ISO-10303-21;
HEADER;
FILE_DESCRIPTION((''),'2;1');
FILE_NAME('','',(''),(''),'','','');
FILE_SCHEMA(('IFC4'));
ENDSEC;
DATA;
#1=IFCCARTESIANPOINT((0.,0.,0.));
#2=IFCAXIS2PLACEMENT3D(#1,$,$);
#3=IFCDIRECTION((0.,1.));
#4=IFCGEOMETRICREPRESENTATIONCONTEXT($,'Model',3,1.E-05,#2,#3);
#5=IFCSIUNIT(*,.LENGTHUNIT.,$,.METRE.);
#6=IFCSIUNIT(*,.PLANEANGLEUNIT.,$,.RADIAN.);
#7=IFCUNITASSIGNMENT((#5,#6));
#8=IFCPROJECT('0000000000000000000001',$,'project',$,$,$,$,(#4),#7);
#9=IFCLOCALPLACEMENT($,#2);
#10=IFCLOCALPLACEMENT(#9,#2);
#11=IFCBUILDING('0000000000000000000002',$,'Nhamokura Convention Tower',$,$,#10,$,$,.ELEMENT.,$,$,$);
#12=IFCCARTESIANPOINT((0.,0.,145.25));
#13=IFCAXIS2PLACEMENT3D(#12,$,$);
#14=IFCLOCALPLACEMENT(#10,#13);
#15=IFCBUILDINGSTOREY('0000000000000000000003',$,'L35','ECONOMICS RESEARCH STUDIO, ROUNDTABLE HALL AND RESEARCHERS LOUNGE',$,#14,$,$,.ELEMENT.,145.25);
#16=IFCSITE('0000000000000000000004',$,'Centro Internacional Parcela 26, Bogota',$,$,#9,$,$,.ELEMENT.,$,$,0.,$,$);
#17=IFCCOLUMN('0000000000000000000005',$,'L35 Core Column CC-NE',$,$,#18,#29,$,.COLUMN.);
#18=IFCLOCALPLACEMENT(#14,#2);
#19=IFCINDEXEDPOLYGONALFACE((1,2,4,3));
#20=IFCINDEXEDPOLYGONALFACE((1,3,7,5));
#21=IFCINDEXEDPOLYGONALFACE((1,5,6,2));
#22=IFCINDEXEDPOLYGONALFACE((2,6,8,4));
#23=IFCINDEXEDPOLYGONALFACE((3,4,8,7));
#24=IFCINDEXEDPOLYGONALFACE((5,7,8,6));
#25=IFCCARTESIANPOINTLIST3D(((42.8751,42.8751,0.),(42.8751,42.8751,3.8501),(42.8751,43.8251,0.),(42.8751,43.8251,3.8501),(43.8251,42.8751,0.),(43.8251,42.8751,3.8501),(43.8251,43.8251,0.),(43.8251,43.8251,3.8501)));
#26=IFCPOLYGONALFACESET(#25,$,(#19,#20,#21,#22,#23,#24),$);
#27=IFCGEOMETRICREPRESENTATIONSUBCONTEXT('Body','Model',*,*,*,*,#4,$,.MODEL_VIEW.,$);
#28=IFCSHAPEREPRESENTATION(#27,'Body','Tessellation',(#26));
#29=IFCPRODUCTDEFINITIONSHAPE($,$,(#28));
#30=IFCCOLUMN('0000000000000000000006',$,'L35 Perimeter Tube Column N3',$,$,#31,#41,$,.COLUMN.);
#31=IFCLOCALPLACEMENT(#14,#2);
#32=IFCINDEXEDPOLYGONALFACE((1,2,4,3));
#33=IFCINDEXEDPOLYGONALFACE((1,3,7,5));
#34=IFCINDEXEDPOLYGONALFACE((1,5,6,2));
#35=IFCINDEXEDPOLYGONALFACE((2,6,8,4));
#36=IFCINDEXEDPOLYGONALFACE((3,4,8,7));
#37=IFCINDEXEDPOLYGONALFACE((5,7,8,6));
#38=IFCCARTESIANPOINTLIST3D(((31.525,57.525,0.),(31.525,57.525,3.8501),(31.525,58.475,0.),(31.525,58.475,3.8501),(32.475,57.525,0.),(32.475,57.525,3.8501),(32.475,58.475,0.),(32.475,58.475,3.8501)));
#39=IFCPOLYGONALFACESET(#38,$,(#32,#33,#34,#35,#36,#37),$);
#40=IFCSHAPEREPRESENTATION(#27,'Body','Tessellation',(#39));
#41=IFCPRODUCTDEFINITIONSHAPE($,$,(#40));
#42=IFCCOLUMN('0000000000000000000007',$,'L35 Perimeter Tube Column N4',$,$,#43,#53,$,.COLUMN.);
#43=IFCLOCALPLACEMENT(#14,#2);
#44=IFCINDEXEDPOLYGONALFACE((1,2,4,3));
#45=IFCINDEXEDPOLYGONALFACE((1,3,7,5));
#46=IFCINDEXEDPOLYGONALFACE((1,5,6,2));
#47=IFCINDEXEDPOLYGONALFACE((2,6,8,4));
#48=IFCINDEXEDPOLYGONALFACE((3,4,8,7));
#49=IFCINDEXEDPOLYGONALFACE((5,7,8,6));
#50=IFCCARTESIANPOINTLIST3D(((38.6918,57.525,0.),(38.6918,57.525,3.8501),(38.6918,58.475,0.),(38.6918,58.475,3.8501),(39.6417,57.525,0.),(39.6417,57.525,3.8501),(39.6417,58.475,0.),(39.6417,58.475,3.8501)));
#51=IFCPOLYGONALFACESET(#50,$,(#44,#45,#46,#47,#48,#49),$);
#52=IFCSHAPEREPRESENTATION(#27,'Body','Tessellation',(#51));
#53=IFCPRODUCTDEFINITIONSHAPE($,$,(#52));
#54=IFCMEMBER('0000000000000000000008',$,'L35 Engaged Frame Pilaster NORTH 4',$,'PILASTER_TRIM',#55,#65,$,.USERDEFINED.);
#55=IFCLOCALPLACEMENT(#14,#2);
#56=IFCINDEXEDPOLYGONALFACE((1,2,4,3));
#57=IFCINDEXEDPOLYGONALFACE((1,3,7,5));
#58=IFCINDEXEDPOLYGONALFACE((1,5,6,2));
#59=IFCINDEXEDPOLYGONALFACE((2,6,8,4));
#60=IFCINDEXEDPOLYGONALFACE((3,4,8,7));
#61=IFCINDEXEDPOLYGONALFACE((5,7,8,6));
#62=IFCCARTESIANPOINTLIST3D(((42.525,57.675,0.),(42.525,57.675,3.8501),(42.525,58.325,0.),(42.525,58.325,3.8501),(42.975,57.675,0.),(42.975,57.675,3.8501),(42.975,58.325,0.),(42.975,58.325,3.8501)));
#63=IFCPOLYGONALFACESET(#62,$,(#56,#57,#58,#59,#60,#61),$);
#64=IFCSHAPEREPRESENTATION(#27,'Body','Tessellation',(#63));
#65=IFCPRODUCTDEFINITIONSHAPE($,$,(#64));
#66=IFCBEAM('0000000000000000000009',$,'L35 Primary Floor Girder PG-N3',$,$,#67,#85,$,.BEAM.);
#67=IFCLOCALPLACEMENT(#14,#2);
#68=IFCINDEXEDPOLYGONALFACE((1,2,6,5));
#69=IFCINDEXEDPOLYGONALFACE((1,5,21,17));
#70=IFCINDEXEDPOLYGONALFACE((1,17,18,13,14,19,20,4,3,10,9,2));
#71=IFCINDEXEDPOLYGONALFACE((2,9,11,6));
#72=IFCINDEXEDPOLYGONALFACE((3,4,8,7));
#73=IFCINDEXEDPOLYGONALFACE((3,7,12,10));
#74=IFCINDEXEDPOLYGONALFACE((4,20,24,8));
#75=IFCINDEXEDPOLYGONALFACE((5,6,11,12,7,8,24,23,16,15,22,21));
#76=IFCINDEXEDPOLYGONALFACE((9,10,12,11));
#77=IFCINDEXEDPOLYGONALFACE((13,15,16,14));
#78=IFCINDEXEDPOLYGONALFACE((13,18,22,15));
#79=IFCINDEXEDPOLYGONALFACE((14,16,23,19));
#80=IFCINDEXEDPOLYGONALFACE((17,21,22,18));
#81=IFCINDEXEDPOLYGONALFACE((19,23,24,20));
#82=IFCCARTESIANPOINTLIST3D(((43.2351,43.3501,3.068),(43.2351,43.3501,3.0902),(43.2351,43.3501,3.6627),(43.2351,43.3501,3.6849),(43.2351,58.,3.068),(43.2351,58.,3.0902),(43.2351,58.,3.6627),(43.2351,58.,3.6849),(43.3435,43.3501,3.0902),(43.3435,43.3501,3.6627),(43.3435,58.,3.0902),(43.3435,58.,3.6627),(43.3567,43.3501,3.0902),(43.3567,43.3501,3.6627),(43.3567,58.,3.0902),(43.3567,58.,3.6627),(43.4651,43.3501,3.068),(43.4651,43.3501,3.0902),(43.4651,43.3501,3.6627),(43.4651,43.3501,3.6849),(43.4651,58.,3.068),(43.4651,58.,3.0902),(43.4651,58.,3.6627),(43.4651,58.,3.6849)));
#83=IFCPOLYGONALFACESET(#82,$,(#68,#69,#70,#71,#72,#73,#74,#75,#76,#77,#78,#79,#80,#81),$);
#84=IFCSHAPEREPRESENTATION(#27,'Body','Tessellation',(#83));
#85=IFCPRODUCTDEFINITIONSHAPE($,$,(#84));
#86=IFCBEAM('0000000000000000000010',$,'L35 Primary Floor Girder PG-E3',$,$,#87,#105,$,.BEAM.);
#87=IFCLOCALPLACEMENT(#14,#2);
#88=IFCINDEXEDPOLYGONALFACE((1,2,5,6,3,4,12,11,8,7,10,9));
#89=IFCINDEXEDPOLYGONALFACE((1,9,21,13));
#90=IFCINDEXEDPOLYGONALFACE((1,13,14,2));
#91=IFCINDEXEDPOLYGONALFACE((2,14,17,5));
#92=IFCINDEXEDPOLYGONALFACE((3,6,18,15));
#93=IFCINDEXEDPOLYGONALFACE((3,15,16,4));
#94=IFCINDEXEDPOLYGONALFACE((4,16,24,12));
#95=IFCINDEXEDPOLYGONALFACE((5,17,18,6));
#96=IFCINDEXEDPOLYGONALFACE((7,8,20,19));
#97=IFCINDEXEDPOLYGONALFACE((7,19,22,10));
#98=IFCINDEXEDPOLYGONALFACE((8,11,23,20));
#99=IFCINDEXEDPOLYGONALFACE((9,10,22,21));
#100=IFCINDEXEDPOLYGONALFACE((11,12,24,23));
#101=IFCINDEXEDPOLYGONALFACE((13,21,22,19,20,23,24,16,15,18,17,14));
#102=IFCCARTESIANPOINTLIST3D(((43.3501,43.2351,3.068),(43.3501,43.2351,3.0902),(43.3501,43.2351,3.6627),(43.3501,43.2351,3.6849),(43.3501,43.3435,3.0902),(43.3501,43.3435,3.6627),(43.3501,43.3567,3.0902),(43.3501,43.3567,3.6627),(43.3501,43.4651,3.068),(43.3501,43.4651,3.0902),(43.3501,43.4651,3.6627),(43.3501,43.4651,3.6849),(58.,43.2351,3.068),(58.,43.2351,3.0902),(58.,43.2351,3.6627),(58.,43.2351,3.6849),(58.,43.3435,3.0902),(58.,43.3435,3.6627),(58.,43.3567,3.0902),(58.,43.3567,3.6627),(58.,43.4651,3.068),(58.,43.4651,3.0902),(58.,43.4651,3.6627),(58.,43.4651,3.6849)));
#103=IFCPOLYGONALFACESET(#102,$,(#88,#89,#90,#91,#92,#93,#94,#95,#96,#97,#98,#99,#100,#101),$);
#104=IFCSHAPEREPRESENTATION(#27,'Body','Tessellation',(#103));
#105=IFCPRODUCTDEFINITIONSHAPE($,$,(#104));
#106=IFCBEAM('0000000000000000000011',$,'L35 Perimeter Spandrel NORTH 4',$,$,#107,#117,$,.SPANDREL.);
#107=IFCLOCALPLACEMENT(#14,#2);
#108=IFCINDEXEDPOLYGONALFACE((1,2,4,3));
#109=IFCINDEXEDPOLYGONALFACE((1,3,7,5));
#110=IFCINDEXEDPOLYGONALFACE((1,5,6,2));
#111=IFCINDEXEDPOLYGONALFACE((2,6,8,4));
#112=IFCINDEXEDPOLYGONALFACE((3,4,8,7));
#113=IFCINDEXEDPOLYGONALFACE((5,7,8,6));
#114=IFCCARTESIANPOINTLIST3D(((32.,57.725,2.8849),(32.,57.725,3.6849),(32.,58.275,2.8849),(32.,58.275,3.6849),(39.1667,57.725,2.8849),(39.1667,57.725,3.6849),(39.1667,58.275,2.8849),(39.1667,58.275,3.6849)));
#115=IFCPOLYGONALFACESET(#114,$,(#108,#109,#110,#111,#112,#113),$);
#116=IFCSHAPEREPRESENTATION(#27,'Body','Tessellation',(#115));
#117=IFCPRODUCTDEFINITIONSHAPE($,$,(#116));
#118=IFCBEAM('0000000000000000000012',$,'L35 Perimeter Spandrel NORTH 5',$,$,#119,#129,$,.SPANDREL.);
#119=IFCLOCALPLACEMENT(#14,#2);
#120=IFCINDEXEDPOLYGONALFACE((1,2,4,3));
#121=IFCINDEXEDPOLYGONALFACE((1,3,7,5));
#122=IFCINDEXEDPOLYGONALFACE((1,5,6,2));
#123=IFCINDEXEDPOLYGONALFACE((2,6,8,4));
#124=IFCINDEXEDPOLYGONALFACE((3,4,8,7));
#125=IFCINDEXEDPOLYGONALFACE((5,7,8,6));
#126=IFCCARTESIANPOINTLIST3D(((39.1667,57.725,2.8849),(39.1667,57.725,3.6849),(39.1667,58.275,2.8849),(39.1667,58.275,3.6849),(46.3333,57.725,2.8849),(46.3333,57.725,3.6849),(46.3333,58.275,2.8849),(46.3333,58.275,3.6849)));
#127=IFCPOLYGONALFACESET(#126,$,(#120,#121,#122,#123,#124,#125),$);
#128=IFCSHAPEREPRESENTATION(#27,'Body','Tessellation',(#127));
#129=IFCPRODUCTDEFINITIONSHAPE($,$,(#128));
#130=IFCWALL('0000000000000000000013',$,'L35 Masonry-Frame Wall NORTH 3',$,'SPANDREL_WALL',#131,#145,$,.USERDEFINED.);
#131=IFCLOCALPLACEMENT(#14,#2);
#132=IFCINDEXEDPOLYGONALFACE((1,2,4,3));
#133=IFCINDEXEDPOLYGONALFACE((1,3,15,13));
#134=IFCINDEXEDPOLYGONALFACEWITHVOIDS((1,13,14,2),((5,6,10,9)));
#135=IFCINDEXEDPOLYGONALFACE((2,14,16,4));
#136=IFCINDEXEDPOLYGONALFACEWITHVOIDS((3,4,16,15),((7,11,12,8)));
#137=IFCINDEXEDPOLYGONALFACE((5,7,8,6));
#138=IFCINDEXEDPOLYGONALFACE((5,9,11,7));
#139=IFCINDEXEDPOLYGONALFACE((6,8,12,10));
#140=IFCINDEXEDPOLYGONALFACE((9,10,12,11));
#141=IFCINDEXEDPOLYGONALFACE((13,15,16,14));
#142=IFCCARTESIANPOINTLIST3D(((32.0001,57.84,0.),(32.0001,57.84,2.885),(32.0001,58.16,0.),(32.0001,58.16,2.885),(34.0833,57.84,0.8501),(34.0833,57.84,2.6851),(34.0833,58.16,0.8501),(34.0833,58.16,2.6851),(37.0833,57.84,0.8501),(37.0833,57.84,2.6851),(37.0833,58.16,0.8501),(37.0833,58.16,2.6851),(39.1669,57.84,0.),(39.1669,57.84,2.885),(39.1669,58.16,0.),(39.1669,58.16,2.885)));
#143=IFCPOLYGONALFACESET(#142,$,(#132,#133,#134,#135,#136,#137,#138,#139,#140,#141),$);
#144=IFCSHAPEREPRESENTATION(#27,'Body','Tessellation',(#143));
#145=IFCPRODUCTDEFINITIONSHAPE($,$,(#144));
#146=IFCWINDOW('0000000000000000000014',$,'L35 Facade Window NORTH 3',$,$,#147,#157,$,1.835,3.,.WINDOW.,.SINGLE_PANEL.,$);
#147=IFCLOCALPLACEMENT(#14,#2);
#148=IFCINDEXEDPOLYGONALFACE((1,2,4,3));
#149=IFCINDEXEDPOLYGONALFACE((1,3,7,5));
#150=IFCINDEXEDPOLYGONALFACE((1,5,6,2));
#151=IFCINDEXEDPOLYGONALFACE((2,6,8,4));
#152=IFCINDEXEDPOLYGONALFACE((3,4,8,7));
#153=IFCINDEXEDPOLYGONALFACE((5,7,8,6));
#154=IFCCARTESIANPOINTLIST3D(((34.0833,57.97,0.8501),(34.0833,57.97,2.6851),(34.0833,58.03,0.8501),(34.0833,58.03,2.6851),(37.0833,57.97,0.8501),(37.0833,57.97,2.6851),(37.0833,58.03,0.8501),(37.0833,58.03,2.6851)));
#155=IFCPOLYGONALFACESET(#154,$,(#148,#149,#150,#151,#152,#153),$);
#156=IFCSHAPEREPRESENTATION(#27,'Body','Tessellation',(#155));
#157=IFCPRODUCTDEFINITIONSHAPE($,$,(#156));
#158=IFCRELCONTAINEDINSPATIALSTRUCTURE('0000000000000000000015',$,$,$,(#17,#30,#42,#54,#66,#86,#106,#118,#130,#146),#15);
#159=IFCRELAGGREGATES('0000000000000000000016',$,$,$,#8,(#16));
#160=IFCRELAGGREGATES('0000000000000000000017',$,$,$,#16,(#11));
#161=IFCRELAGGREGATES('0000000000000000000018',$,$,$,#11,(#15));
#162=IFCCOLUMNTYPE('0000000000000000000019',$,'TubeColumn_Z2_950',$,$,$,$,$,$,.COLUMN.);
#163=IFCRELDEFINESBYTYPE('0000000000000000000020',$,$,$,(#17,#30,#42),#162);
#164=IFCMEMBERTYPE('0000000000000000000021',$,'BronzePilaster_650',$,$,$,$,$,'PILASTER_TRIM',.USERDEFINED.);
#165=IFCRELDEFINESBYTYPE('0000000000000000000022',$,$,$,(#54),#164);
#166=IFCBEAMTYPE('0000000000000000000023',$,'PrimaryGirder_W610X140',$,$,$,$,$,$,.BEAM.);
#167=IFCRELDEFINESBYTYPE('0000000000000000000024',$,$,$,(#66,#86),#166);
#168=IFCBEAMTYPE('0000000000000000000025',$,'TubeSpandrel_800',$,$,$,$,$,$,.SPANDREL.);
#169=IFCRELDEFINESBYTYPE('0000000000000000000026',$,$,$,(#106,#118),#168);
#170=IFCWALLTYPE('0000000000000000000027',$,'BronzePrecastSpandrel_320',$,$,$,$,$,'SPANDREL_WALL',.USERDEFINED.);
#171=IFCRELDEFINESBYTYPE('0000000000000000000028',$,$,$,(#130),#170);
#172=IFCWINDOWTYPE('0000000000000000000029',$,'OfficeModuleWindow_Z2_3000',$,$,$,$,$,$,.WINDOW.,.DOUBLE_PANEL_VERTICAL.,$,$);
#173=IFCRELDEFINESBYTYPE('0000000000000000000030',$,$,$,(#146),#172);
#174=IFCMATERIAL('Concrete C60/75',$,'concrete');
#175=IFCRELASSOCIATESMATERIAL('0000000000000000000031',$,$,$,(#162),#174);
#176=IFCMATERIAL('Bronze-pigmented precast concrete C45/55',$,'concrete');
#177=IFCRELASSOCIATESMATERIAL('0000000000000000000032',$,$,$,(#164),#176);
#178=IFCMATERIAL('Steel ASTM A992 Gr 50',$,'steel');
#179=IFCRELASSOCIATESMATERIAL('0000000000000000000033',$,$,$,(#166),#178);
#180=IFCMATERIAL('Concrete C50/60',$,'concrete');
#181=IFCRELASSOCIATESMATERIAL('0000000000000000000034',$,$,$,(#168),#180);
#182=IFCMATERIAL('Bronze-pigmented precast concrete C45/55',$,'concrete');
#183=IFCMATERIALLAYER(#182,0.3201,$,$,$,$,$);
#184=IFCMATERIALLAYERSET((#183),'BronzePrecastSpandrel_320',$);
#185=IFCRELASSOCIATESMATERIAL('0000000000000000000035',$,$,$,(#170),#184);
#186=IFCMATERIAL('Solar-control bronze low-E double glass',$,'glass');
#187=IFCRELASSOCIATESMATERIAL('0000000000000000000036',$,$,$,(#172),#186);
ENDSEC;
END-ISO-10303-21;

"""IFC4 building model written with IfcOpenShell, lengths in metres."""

from ifc_helpers import new_model, si_unit, direction, frame, frame_2d, origin, origin_2d, place, context, subcontext, project, spatial, rectangle, i_section, extrude, material, layer, layer_set, material_profile, profile_set, type_object, element, fill, save


model = new_model("IFC4")

# Units and contexts
model_context = context("Model", 3, precision=1e-05, world=origin(), true_north=direction((0.0, 1.0)))
body_context = subcontext(model_context, "Body", "Model", "MODEL_VIEW")
ifc_project = project(units=[si_unit("LENGTHUNIT", "METRE"), si_unit("PLANEANGLEUNIT", "RADIAN")], contexts=[model_context])

# Site, building, storey
site_placement = place(None, origin())
site = spatial("IfcSite", under=ifc_project, at=site_placement, Name="Centro Internacional Parcela 26, Bogota", CompositionType="ELEMENT", RefElevation=0.0)
building_placement = place(site_placement, origin())
building = spatial("IfcBuilding", under=site, at=building_placement, Name="Nhamokura Convention Tower", CompositionType="ELEMENT")
storey_placement = place(building_placement, frame((0.0, 0.0, 145.25)))
storey = spatial("IfcBuildingStorey", under=building, at=storey_placement, Name="L35", Description="ECONOMICS RESEARCH STUDIO, ROUNDTABLE HALL AND RESEARCHERS LOUNGE", CompositionType="ELEMENT", Elevation=145.25)

# Columns
ifc_material_1 = material(Name="Concrete C60/75", Category="concrete")
ifc_material_profile_1 = material_profile(ifc_material_1, rectangle(XDim=0.95, YDim=0.95, at=origin_2d()))
ifc_profile_set_1 = profile_set([ifc_material_profile_1], Name="Concrete C60/75")
column_type = type_object("IfcColumnType", Name="TubeColumn_Z2_950", PredefinedType="COLUMN", material=ifc_profile_set_1)
for number, where, z_axis, x_axis, name in (
    (1, (43.3501, 43.3501, 0.0), (0.0, 0.0, 1.0), (1.0, 0.0, 0.0), "L35 Core Column CC-NE"),
    (2, (32.0, 58.0, 0.0), (0.0, 0.0, 1.0), (1.0, 0.0, 0.0), "L35 Perimeter Tube Column N3"),
    (3, (39.1667, 58.0, 0.0), (0.0, 0.0, 1.0), (1.0, 0.0, 0.0), "L35 Perimeter Tube Column N4"),
):
    element("IfcColumn", number, at=place(storey_placement, frame(where, z_axis=z_axis, x_axis=x_axis)), inside=storey, type_object=column_type, Name=name, PredefinedType="COLUMN", context=body_context, shape_type="SweptSolid", body=[
        extrude(rectangle(XDim=0.95, YDim=0.95, at=origin_2d()), origin(), (0.0, 0.0, 1.0), 3.8501),
    ])

# Member
ifc_material_2 = material(Name="Bronze-pigmented precast concrete C45/55", Category="concrete")
ifc_material_profile_2 = material_profile(ifc_material_2, rectangle(XDim=0.45, YDim=0.6499, at=origin_2d()))
ifc_profile_set_2 = profile_set([ifc_material_profile_2], Name="Bronze-pigmented precast concrete C45/55")
member_type = type_object("IfcMemberType", Name="BronzePilaster_650", ElementType="PILASTER_TRIM", PredefinedType="USERDEFINED", material=ifc_profile_set_2)
member_placement = place(storey_placement, frame((42.75, 58.0, 0.0), z_axis=(0.0, 0.0, 1.0), x_axis=(1.0, 0.0, 0.0)))
element("IfcMember", 4, at=member_placement, inside=storey, type_object=member_type, Name="L35 Engaged Frame Pilaster NORTH 4", ObjectType="PILASTER_TRIM", PredefinedType="USERDEFINED", context=body_context, shape_type="SweptSolid", body=[
    extrude(rectangle(XDim=0.45, YDim=0.6499, at=origin_2d()), origin(), (0.0, 0.0, 1.0), 3.8501),
])

# Beams
ifc_material_3 = material(Name="Steel ASTM A992 Gr 50", Category="steel")
ifc_material_profile_3 = material_profile(ifc_material_3, i_section(OverallWidth=0.23, OverallDepth=0.6169, WebThickness=0.0132, FlangeThickness=0.0222, at=origin_2d()))
ifc_profile_set_3 = profile_set([ifc_material_profile_3], Name="Steel ASTM A992 Gr 50")
beam_type_1 = type_object("IfcBeamType", Name="PrimaryGirder_W610X140", PredefinedType="BEAM", material=ifc_profile_set_3)
for number, where, z_axis, x_axis, name in (
    (5, (43.3501, 43.3501, 3.3765), (0.0, 1.0, 0.0), (-1.0, 0.0, 0.0), "L35 Primary Floor Girder PG-N3"),
    (6, (43.3501, 43.3501, 3.3765), (1.0, 0.0, 0.0), (0.0, 1.0, 0.0), "L35 Primary Floor Girder PG-E3"),
):
    element("IfcBeam", number, at=place(storey_placement, frame(where, z_axis=z_axis, x_axis=x_axis)), inside=storey, type_object=beam_type_1, Name=name, PredefinedType="BEAM", context=body_context, shape_type="SweptSolid", body=[
        extrude(i_section(OverallWidth=0.23, OverallDepth=0.6169, WebThickness=0.0132, FlangeThickness=0.0222, at=origin_2d()), origin(), (0.0, 0.0, 1.0), 14.6499),
    ])
ifc_material_4 = material(Name="Concrete C50/60", Category="concrete")
ifc_material_profile_4 = material_profile(ifc_material_4, rectangle(XDim=0.55, YDim=0.8, at=origin_2d()))
ifc_profile_set_4 = profile_set([ifc_material_profile_4], Name="Concrete C50/60")
beam_type_2 = type_object("IfcBeamType", Name="TubeSpandrel_800", PredefinedType="SPANDREL", material=ifc_profile_set_4)
beam_1_placement = place(storey_placement, frame((32.0, 58.0, 3.2849), z_axis=(1.0, 0.0, 0.0), x_axis=(0.0, 1.0, 0.0)))
element("IfcBeam", 7, at=beam_1_placement, inside=storey, type_object=beam_type_2, Name="L35 Perimeter Spandrel NORTH 4", PredefinedType="SPANDREL", context=body_context, shape_type="SweptSolid", body=[
    extrude(rectangle(XDim=0.55, YDim=0.8, at=origin_2d()), origin(), (0.0, 0.0, 1.0), 7.1667),
])
beam_2_placement = place(storey_placement, frame((39.1667, 58.0, 3.2849), z_axis=(1.0, 0.0, 0.0), x_axis=(0.0, 1.0, 0.0)))
element("IfcBeam", 8, at=beam_2_placement, inside=storey, type_object=beam_type_2, Name="L35 Perimeter Spandrel NORTH 5", PredefinedType="SPANDREL", context=body_context, shape_type="SweptSolid", body=[
    extrude(rectangle(XDim=0.55, YDim=0.8, at=origin_2d()), origin(), (0.0, 0.0, 1.0), 7.1665),
])

# Wall, opening, window
ifc_material_5 = material(Name="Bronze-pigmented precast concrete C45/55", Category="concrete")
ifc_layer_1 = layer(ifc_material_5, 0.3201)
ifc_layer_set_1 = layer_set([ifc_layer_1], Name="BronzePrecastSpandrel_320")
wall_type_1 = type_object("IfcWallType", Name="BronzePrecastSpandrel_320", ElementType="SPANDREL_WALL", PredefinedType="USERDEFINED", material=ifc_layer_set_1)
wall_1_placement = place(storey_placement, frame((32.0, 58.0, 0.0), z_axis=(0.0, 0.0, 1.0), x_axis=(1.0, 0.0, 0.0)))
wall_1 = element("IfcWall", 9, at=wall_1_placement, inside=storey, type_object=wall_type_1, Name="L35 Masonry-Frame Wall NORTH 3", ObjectType="SPANDREL_WALL", PredefinedType="USERDEFINED", context=body_context, shape_type="SweptSolid", body=[
    extrude(rectangle(XDim=7.1667, YDim=0.3201, at=frame_2d((3.5835, 0.0))), origin(), (0.0, 0.0, 1.0), 2.885),
])
opening_1_placement = place(wall_1_placement, frame((2.0833, 0.0, 0.8501)))
opening_1 = element("IfcOpeningElement", 10, at=opening_1_placement, cuts=wall_1, PredefinedType="OPENING", context=body_context, shape_type="SweptSolid", body=[
    extrude(rectangle(XDim=3.0, YDim=1.835, at=frame_2d((1.5, 0.9175))), frame((0.0, 0.1699, 0.0), z_axis=(0.0, -1.0, 0.0), x_axis=(1.0, 0.0, 0.0)), (0.0, 0.0, 1.0), 0.3401),
])
ifc_material_6 = material(Name="Solar-control bronze low-E double glass", Category="glass")
window_type_1 = type_object("IfcWindowType", Name="OfficeModuleWindow_Z2_3000", PartitioningType="DOUBLE_PANEL_VERTICAL", PredefinedType="WINDOW", material=ifc_material_6)
window_1_placement = place(opening_1_placement, origin())
window_1 = element("IfcWindow", 11, at=window_1_placement, inside=storey, type_object=window_type_1, Name="L35 Facade Window NORTH 3", OverallHeight=1.835, OverallWidth=3.0, PartitioningType="SINGLE_PANEL", PredefinedType="WINDOW", context=body_context, shape_type="SweptSolid", body=[
    extrude(rectangle(XDim=3.0, YDim=1.835, at=frame_2d((1.5, 0.9175))), frame((0.0, 0.03, 0.0), z_axis=(0.0, -1.0, 0.0), x_axis=(1.0, 0.0, 0.0)), (0.0, 0.0, 1.0), 0.0601),
])
fill(opening_1, window_1)

save(model, "model.ifc")
